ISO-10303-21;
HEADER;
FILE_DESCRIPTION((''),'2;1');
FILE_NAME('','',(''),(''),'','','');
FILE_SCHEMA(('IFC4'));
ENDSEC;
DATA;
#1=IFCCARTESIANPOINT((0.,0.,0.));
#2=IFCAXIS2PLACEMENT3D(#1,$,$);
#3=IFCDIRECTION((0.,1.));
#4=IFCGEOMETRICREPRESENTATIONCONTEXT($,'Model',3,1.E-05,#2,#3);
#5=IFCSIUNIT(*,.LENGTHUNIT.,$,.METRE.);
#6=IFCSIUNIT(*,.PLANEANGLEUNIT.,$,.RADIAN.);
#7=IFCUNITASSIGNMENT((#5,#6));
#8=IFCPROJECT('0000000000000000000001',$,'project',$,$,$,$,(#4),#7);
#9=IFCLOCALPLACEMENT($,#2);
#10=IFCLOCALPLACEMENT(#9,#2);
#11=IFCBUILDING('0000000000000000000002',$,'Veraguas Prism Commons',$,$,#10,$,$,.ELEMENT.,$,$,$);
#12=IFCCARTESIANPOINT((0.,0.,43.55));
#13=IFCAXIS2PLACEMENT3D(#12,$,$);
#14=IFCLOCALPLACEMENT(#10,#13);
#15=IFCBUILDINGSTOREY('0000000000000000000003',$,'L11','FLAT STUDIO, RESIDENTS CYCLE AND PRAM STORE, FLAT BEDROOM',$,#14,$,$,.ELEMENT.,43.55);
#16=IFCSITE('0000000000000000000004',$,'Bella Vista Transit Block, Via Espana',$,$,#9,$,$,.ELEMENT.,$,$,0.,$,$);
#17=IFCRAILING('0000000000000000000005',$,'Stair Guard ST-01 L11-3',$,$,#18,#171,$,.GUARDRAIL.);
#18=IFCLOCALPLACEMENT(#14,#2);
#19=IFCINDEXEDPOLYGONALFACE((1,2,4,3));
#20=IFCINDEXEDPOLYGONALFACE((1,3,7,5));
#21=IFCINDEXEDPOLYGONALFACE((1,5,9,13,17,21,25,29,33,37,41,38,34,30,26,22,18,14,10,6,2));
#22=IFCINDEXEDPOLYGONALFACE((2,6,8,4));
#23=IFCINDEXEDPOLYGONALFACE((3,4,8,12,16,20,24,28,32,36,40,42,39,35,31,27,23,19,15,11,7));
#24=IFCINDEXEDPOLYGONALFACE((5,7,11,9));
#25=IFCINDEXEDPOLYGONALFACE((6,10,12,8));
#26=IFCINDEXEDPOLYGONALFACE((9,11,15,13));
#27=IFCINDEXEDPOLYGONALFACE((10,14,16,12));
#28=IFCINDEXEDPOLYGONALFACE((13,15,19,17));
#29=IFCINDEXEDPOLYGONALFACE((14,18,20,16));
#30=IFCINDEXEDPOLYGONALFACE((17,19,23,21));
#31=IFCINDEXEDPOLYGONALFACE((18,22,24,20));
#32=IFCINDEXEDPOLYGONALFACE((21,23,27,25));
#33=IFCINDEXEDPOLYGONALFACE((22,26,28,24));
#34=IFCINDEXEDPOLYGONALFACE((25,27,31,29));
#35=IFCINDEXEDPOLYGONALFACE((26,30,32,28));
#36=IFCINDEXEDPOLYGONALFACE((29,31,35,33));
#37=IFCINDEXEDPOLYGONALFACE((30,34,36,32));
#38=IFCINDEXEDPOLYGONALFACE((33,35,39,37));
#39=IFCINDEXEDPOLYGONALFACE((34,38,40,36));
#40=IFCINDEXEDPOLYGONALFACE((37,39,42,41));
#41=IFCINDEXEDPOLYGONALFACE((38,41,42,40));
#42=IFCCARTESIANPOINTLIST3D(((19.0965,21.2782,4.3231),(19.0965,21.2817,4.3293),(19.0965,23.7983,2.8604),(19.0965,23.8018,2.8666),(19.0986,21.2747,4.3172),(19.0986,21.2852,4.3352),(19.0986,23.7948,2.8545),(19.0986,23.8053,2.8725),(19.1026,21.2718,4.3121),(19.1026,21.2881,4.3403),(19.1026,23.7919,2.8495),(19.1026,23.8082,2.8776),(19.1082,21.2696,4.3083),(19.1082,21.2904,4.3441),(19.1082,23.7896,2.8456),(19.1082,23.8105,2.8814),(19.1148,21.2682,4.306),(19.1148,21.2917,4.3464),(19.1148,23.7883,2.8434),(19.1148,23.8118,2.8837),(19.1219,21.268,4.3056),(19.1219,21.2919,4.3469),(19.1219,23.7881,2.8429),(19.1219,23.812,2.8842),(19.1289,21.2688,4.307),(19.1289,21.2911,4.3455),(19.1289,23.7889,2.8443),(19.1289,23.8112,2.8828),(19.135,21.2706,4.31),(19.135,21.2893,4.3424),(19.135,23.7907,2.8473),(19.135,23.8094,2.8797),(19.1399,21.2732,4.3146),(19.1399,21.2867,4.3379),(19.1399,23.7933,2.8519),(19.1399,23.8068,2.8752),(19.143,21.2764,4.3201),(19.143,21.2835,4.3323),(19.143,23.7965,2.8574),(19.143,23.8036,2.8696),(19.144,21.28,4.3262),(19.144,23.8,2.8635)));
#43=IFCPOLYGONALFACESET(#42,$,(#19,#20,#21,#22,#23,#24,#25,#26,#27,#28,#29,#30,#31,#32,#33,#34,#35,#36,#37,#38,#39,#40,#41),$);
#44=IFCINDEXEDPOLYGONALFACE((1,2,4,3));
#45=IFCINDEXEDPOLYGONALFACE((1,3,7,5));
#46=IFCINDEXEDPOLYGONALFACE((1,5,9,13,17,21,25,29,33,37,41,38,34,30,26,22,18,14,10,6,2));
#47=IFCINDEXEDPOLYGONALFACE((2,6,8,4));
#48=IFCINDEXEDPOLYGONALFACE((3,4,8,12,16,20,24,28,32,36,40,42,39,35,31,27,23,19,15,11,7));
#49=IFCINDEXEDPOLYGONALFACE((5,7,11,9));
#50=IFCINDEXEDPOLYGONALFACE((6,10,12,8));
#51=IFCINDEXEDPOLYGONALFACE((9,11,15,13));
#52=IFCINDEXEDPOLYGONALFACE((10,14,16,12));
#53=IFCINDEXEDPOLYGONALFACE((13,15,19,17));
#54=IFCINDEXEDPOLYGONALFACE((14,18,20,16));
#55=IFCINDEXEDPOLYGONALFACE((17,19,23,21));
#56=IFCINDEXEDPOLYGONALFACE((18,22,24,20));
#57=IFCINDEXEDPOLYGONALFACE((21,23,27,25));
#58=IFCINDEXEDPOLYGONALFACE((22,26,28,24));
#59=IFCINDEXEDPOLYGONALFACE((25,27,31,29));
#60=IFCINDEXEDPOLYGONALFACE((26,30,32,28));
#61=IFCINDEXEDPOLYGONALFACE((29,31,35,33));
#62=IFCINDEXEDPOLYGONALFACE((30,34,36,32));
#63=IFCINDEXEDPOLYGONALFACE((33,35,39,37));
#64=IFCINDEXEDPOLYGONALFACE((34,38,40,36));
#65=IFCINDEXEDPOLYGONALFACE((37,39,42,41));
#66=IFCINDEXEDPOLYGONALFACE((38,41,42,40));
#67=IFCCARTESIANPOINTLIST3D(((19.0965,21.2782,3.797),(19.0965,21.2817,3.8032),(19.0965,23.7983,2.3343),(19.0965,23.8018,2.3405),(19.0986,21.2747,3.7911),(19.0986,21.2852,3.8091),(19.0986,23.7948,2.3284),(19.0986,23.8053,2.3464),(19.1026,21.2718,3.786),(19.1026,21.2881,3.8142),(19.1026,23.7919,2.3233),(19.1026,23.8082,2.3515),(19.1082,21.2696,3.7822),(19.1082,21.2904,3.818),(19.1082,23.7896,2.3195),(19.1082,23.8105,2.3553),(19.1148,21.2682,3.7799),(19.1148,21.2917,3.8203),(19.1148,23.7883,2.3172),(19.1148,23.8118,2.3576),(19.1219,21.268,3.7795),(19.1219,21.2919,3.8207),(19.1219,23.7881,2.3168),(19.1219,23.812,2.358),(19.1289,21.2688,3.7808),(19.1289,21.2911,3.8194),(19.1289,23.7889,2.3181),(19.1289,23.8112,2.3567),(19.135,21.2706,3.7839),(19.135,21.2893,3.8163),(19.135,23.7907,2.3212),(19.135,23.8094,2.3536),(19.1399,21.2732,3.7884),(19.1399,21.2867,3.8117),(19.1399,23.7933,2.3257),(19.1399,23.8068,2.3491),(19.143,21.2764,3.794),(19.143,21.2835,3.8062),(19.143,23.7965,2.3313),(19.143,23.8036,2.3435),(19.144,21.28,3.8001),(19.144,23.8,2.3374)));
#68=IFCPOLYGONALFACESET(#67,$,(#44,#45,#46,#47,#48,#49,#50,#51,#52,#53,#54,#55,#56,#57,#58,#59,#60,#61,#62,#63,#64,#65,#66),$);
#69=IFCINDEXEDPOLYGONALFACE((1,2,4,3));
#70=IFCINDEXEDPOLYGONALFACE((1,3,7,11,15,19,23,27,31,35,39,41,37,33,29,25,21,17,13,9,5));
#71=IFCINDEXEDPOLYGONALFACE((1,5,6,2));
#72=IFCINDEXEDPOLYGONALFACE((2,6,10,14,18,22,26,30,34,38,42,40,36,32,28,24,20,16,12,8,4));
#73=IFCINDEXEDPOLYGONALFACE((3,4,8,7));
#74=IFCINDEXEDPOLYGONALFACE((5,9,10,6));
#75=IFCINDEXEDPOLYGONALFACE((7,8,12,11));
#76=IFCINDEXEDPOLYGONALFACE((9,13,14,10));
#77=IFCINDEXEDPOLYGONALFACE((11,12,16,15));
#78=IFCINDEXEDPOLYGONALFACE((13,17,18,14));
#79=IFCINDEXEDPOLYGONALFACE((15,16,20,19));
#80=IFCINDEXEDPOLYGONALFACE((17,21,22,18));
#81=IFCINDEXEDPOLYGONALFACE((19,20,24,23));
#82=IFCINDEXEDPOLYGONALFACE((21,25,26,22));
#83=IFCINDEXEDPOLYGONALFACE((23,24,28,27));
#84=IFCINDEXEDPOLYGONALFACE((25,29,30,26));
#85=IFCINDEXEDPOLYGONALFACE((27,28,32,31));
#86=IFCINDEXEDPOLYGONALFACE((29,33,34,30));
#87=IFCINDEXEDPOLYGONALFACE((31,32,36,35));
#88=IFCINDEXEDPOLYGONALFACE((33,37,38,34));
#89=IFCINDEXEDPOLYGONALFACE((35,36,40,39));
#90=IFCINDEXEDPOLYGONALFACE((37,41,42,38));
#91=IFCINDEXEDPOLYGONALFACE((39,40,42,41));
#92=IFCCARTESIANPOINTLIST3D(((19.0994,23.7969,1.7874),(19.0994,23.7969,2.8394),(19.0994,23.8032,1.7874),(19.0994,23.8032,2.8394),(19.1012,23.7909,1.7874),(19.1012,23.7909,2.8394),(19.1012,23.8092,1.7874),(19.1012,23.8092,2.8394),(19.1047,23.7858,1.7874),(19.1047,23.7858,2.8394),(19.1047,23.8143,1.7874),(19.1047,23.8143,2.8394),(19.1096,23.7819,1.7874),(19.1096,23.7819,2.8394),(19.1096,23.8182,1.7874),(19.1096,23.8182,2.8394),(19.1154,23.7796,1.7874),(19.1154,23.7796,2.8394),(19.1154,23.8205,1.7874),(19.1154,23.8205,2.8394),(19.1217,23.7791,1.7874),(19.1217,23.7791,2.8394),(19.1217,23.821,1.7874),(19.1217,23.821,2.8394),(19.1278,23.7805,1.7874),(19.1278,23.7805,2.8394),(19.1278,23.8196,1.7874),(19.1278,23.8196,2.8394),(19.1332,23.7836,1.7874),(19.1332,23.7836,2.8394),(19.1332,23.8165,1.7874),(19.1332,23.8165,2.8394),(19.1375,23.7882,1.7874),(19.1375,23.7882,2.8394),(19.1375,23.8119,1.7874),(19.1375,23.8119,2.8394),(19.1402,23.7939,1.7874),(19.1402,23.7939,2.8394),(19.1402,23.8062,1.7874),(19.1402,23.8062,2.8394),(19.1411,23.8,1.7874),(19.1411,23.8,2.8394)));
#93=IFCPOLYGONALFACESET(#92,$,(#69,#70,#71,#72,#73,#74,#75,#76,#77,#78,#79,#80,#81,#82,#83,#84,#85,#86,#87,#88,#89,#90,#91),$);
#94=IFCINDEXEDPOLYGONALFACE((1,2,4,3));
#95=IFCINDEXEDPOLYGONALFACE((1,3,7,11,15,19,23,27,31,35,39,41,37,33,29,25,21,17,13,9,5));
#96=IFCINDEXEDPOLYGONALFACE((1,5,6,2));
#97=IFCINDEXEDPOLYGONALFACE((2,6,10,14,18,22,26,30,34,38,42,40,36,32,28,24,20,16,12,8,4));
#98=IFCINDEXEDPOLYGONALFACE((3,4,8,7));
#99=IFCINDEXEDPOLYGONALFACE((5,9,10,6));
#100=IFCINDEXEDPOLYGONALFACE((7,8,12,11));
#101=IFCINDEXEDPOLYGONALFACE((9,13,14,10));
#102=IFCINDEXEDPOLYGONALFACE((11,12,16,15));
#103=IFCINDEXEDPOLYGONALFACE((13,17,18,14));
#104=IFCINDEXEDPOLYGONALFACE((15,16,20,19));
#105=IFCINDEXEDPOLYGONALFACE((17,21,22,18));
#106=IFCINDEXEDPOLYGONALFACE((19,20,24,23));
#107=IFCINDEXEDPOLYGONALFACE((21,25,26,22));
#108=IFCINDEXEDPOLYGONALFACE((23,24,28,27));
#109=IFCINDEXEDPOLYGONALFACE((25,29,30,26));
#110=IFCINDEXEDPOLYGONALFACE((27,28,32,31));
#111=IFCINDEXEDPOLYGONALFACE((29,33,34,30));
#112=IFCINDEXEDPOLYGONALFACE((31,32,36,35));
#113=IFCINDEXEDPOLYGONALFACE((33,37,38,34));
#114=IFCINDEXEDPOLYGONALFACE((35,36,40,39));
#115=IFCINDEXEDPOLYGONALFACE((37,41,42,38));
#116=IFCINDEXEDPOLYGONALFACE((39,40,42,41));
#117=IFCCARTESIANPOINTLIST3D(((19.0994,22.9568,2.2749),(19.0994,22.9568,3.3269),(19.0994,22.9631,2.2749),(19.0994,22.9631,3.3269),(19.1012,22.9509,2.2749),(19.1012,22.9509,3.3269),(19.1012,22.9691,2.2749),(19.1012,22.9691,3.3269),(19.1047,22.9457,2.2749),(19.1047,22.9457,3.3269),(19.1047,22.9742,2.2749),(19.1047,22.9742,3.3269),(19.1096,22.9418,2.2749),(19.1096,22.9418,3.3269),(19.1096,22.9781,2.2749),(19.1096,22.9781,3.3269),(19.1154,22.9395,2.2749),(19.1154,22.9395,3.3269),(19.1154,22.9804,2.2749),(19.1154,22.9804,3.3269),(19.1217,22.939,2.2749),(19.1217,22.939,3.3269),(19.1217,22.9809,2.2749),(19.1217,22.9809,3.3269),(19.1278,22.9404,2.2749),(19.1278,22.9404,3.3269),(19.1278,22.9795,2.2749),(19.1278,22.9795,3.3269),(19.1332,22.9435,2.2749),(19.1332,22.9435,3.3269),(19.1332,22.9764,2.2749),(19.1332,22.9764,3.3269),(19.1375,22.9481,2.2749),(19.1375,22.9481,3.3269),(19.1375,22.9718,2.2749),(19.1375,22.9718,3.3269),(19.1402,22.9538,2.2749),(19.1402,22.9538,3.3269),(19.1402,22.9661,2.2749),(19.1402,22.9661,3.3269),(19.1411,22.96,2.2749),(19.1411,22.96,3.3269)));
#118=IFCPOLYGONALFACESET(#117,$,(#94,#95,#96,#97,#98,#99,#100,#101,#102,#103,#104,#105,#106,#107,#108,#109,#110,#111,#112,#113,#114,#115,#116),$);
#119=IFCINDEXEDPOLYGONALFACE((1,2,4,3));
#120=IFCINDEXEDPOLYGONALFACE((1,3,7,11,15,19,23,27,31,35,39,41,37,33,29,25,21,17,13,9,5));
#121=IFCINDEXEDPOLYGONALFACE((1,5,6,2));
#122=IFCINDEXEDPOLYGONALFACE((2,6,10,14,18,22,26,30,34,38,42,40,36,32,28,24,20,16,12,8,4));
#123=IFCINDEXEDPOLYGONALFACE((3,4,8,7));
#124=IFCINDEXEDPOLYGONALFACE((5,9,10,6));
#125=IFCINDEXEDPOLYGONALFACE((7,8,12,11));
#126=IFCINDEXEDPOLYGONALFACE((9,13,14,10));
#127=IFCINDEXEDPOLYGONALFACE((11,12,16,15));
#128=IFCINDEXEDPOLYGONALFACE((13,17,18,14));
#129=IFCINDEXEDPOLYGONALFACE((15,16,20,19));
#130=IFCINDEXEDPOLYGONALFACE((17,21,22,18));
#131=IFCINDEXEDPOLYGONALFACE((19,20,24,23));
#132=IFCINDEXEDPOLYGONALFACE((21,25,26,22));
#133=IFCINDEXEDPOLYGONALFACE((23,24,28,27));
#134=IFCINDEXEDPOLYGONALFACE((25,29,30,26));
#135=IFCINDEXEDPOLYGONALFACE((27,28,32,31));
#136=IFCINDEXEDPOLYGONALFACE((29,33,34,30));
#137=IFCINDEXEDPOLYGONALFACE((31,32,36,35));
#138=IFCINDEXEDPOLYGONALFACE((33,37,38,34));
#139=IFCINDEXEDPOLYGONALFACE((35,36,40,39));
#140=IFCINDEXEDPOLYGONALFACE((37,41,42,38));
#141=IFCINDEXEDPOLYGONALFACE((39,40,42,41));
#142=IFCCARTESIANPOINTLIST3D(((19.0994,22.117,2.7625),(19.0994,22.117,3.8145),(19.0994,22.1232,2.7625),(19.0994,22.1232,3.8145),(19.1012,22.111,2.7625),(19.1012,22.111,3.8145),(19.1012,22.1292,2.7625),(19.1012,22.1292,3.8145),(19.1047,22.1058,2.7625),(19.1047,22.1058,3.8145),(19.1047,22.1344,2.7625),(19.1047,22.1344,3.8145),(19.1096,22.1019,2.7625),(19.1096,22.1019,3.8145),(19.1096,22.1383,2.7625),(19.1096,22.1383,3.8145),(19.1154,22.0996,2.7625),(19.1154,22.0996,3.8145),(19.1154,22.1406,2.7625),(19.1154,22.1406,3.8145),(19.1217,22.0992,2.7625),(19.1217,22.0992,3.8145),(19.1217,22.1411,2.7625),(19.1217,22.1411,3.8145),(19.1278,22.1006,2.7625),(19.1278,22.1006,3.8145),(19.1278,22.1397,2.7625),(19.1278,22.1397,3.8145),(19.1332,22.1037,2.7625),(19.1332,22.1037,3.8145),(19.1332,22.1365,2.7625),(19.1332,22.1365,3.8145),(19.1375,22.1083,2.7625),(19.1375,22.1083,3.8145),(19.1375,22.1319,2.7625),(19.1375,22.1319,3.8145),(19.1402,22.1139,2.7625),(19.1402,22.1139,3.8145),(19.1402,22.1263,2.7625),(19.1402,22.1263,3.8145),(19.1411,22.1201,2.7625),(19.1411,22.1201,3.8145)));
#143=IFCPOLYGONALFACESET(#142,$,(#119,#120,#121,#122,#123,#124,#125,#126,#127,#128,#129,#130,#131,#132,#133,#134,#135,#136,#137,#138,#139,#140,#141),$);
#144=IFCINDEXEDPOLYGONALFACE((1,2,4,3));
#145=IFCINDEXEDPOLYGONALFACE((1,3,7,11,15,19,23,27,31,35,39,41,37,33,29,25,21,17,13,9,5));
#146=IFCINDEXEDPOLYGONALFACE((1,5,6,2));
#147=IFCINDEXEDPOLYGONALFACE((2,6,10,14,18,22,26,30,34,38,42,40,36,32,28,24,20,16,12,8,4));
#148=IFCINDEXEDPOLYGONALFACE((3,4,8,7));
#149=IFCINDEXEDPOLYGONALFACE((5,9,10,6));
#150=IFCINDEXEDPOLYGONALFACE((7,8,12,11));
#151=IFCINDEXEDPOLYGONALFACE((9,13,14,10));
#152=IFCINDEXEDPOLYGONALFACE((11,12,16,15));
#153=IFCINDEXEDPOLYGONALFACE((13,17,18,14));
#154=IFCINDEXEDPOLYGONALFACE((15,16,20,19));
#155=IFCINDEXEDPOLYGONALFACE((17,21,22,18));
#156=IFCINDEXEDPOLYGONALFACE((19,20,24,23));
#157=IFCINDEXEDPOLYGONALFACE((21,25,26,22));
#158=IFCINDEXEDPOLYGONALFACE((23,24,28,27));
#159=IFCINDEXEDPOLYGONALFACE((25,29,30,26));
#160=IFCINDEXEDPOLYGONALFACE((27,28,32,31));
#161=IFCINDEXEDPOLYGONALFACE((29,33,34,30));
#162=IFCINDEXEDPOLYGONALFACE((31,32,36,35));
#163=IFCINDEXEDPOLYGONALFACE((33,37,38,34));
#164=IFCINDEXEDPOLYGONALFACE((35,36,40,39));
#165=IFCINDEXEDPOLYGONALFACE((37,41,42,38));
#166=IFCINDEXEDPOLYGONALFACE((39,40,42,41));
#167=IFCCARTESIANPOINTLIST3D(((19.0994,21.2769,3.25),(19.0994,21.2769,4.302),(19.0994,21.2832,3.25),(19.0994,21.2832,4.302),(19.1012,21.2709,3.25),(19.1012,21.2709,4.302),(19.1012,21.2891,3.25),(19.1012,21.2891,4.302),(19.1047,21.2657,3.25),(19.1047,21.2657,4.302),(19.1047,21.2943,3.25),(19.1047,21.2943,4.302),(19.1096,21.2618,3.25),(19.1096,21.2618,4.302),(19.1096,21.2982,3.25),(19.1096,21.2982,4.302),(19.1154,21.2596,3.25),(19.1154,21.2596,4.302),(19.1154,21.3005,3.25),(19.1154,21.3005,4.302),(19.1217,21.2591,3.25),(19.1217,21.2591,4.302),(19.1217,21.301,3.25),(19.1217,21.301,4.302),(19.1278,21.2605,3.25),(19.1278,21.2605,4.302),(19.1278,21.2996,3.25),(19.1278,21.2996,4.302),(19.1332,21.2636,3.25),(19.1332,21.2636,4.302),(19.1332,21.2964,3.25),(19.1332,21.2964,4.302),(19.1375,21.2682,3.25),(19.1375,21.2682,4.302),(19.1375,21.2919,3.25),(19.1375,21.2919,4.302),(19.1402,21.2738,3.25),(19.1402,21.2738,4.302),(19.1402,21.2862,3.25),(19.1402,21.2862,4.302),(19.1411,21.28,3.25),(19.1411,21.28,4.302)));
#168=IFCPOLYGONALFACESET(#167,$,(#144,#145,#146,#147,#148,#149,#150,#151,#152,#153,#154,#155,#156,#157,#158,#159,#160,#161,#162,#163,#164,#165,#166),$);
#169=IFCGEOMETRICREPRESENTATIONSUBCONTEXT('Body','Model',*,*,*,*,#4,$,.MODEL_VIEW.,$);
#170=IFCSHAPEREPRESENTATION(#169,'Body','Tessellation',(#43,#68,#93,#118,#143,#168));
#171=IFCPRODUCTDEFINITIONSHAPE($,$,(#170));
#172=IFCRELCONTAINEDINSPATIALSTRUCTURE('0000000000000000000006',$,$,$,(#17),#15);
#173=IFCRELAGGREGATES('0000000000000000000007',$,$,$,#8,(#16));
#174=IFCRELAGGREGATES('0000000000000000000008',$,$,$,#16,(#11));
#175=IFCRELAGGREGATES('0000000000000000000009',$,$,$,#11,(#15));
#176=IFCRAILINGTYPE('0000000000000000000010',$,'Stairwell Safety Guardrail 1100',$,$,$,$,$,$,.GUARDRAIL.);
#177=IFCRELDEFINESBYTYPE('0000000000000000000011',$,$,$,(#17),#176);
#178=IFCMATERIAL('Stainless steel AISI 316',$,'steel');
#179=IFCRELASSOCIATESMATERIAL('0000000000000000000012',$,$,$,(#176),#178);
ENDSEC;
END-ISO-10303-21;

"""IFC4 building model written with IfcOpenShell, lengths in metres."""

from ifc_helpers import new_model, si_unit, direction, frame, origin, origin_2d, place, context, subcontext, project, spatial, circle, extrude, material, type_object, element, save


model = new_model("IFC4")

# Units and contexts
model_context = context("Model", 3, precision=1e-05, world=origin(), true_north=direction((0.0, 1.0)))
body_context = subcontext(model_context, "Body", "Model", "MODEL_VIEW")
ifc_project = project(units=[si_unit("LENGTHUNIT", "METRE"), si_unit("PLANEANGLEUNIT", "RADIAN")], contexts=[model_context])

# Site, building, storey
site_placement = place(None, origin())
site = spatial("IfcSite", under=ifc_project, at=site_placement, Name="Bella Vista Transit Block, Via Espana", CompositionType="ELEMENT", RefElevation=0.0)
building_placement = place(site_placement, origin())
building = spatial("IfcBuilding", under=site, at=building_placement, Name="Veraguas Prism Commons", CompositionType="ELEMENT")
storey_placement = place(building_placement, frame((0.0, 0.0, 43.55)))
storey = spatial("IfcBuildingStorey", under=building, at=storey_placement, Name="L11", Description="FLAT STUDIO, RESIDENTS CYCLE AND PRAM STORE, FLAT BEDROOM", CompositionType="ELEMENT", Elevation=43.55)

# Railing
ifc_material_1 = material(Name="Stainless steel AISI 316", Category="steel")
railing_type_1 = type_object("IfcRailingType", Name="Stairwell Safety Guardrail 1100", PredefinedType="GUARDRAIL", material=ifc_material_1)
railing_1_placement = place(storey_placement, frame((19.1201, 23.8, 1.7874)))
element("IfcRailing", 1, at=railing_1_placement, inside=storey, type_object=railing_type_1, Name="Stair Guard ST-01 L11-3", PredefinedType="GUARDRAIL", context=body_context, shape_type="SweptSolid", body=[
    extrude(circle(Radius=0.0239, at=origin_2d()), frame((0.0, 0.0, 1.0762), z_axis=(0.0, -0.864877, 0.501984), x_axis=(1.0, 0.0, 0.0)), (0.0, 0.0, 1.0), 2.9138),
    extrude(circle(Radius=0.0239, at=origin_2d()), frame((0.0, 0.0, 0.55), z_axis=(0.0, -0.864877, 0.501984), x_axis=(1.0, 0.0, 0.0)), (0.0, 0.0, 1.0), 2.9138),
    extrude(circle(Radius=0.021, at=origin_2d()), origin(), (0.0, 0.0, 1.0), 1.052),
    extrude(circle(Radius=0.021, at=origin_2d()), frame((0.0, -0.8401, 0.4875)), (0.0, 0.0, 1.0), 1.052),
    extrude(circle(Radius=0.021, at=origin_2d()), frame((0.0, -1.6799, 0.9751)), (0.0, 0.0, 1.0), 1.052),
    extrude(circle(Radius=0.021, at=origin_2d()), frame((0.0, -2.52, 1.4626)), (0.0, 0.0, 1.0), 1.052),
])

save(model, "model.ifc")
